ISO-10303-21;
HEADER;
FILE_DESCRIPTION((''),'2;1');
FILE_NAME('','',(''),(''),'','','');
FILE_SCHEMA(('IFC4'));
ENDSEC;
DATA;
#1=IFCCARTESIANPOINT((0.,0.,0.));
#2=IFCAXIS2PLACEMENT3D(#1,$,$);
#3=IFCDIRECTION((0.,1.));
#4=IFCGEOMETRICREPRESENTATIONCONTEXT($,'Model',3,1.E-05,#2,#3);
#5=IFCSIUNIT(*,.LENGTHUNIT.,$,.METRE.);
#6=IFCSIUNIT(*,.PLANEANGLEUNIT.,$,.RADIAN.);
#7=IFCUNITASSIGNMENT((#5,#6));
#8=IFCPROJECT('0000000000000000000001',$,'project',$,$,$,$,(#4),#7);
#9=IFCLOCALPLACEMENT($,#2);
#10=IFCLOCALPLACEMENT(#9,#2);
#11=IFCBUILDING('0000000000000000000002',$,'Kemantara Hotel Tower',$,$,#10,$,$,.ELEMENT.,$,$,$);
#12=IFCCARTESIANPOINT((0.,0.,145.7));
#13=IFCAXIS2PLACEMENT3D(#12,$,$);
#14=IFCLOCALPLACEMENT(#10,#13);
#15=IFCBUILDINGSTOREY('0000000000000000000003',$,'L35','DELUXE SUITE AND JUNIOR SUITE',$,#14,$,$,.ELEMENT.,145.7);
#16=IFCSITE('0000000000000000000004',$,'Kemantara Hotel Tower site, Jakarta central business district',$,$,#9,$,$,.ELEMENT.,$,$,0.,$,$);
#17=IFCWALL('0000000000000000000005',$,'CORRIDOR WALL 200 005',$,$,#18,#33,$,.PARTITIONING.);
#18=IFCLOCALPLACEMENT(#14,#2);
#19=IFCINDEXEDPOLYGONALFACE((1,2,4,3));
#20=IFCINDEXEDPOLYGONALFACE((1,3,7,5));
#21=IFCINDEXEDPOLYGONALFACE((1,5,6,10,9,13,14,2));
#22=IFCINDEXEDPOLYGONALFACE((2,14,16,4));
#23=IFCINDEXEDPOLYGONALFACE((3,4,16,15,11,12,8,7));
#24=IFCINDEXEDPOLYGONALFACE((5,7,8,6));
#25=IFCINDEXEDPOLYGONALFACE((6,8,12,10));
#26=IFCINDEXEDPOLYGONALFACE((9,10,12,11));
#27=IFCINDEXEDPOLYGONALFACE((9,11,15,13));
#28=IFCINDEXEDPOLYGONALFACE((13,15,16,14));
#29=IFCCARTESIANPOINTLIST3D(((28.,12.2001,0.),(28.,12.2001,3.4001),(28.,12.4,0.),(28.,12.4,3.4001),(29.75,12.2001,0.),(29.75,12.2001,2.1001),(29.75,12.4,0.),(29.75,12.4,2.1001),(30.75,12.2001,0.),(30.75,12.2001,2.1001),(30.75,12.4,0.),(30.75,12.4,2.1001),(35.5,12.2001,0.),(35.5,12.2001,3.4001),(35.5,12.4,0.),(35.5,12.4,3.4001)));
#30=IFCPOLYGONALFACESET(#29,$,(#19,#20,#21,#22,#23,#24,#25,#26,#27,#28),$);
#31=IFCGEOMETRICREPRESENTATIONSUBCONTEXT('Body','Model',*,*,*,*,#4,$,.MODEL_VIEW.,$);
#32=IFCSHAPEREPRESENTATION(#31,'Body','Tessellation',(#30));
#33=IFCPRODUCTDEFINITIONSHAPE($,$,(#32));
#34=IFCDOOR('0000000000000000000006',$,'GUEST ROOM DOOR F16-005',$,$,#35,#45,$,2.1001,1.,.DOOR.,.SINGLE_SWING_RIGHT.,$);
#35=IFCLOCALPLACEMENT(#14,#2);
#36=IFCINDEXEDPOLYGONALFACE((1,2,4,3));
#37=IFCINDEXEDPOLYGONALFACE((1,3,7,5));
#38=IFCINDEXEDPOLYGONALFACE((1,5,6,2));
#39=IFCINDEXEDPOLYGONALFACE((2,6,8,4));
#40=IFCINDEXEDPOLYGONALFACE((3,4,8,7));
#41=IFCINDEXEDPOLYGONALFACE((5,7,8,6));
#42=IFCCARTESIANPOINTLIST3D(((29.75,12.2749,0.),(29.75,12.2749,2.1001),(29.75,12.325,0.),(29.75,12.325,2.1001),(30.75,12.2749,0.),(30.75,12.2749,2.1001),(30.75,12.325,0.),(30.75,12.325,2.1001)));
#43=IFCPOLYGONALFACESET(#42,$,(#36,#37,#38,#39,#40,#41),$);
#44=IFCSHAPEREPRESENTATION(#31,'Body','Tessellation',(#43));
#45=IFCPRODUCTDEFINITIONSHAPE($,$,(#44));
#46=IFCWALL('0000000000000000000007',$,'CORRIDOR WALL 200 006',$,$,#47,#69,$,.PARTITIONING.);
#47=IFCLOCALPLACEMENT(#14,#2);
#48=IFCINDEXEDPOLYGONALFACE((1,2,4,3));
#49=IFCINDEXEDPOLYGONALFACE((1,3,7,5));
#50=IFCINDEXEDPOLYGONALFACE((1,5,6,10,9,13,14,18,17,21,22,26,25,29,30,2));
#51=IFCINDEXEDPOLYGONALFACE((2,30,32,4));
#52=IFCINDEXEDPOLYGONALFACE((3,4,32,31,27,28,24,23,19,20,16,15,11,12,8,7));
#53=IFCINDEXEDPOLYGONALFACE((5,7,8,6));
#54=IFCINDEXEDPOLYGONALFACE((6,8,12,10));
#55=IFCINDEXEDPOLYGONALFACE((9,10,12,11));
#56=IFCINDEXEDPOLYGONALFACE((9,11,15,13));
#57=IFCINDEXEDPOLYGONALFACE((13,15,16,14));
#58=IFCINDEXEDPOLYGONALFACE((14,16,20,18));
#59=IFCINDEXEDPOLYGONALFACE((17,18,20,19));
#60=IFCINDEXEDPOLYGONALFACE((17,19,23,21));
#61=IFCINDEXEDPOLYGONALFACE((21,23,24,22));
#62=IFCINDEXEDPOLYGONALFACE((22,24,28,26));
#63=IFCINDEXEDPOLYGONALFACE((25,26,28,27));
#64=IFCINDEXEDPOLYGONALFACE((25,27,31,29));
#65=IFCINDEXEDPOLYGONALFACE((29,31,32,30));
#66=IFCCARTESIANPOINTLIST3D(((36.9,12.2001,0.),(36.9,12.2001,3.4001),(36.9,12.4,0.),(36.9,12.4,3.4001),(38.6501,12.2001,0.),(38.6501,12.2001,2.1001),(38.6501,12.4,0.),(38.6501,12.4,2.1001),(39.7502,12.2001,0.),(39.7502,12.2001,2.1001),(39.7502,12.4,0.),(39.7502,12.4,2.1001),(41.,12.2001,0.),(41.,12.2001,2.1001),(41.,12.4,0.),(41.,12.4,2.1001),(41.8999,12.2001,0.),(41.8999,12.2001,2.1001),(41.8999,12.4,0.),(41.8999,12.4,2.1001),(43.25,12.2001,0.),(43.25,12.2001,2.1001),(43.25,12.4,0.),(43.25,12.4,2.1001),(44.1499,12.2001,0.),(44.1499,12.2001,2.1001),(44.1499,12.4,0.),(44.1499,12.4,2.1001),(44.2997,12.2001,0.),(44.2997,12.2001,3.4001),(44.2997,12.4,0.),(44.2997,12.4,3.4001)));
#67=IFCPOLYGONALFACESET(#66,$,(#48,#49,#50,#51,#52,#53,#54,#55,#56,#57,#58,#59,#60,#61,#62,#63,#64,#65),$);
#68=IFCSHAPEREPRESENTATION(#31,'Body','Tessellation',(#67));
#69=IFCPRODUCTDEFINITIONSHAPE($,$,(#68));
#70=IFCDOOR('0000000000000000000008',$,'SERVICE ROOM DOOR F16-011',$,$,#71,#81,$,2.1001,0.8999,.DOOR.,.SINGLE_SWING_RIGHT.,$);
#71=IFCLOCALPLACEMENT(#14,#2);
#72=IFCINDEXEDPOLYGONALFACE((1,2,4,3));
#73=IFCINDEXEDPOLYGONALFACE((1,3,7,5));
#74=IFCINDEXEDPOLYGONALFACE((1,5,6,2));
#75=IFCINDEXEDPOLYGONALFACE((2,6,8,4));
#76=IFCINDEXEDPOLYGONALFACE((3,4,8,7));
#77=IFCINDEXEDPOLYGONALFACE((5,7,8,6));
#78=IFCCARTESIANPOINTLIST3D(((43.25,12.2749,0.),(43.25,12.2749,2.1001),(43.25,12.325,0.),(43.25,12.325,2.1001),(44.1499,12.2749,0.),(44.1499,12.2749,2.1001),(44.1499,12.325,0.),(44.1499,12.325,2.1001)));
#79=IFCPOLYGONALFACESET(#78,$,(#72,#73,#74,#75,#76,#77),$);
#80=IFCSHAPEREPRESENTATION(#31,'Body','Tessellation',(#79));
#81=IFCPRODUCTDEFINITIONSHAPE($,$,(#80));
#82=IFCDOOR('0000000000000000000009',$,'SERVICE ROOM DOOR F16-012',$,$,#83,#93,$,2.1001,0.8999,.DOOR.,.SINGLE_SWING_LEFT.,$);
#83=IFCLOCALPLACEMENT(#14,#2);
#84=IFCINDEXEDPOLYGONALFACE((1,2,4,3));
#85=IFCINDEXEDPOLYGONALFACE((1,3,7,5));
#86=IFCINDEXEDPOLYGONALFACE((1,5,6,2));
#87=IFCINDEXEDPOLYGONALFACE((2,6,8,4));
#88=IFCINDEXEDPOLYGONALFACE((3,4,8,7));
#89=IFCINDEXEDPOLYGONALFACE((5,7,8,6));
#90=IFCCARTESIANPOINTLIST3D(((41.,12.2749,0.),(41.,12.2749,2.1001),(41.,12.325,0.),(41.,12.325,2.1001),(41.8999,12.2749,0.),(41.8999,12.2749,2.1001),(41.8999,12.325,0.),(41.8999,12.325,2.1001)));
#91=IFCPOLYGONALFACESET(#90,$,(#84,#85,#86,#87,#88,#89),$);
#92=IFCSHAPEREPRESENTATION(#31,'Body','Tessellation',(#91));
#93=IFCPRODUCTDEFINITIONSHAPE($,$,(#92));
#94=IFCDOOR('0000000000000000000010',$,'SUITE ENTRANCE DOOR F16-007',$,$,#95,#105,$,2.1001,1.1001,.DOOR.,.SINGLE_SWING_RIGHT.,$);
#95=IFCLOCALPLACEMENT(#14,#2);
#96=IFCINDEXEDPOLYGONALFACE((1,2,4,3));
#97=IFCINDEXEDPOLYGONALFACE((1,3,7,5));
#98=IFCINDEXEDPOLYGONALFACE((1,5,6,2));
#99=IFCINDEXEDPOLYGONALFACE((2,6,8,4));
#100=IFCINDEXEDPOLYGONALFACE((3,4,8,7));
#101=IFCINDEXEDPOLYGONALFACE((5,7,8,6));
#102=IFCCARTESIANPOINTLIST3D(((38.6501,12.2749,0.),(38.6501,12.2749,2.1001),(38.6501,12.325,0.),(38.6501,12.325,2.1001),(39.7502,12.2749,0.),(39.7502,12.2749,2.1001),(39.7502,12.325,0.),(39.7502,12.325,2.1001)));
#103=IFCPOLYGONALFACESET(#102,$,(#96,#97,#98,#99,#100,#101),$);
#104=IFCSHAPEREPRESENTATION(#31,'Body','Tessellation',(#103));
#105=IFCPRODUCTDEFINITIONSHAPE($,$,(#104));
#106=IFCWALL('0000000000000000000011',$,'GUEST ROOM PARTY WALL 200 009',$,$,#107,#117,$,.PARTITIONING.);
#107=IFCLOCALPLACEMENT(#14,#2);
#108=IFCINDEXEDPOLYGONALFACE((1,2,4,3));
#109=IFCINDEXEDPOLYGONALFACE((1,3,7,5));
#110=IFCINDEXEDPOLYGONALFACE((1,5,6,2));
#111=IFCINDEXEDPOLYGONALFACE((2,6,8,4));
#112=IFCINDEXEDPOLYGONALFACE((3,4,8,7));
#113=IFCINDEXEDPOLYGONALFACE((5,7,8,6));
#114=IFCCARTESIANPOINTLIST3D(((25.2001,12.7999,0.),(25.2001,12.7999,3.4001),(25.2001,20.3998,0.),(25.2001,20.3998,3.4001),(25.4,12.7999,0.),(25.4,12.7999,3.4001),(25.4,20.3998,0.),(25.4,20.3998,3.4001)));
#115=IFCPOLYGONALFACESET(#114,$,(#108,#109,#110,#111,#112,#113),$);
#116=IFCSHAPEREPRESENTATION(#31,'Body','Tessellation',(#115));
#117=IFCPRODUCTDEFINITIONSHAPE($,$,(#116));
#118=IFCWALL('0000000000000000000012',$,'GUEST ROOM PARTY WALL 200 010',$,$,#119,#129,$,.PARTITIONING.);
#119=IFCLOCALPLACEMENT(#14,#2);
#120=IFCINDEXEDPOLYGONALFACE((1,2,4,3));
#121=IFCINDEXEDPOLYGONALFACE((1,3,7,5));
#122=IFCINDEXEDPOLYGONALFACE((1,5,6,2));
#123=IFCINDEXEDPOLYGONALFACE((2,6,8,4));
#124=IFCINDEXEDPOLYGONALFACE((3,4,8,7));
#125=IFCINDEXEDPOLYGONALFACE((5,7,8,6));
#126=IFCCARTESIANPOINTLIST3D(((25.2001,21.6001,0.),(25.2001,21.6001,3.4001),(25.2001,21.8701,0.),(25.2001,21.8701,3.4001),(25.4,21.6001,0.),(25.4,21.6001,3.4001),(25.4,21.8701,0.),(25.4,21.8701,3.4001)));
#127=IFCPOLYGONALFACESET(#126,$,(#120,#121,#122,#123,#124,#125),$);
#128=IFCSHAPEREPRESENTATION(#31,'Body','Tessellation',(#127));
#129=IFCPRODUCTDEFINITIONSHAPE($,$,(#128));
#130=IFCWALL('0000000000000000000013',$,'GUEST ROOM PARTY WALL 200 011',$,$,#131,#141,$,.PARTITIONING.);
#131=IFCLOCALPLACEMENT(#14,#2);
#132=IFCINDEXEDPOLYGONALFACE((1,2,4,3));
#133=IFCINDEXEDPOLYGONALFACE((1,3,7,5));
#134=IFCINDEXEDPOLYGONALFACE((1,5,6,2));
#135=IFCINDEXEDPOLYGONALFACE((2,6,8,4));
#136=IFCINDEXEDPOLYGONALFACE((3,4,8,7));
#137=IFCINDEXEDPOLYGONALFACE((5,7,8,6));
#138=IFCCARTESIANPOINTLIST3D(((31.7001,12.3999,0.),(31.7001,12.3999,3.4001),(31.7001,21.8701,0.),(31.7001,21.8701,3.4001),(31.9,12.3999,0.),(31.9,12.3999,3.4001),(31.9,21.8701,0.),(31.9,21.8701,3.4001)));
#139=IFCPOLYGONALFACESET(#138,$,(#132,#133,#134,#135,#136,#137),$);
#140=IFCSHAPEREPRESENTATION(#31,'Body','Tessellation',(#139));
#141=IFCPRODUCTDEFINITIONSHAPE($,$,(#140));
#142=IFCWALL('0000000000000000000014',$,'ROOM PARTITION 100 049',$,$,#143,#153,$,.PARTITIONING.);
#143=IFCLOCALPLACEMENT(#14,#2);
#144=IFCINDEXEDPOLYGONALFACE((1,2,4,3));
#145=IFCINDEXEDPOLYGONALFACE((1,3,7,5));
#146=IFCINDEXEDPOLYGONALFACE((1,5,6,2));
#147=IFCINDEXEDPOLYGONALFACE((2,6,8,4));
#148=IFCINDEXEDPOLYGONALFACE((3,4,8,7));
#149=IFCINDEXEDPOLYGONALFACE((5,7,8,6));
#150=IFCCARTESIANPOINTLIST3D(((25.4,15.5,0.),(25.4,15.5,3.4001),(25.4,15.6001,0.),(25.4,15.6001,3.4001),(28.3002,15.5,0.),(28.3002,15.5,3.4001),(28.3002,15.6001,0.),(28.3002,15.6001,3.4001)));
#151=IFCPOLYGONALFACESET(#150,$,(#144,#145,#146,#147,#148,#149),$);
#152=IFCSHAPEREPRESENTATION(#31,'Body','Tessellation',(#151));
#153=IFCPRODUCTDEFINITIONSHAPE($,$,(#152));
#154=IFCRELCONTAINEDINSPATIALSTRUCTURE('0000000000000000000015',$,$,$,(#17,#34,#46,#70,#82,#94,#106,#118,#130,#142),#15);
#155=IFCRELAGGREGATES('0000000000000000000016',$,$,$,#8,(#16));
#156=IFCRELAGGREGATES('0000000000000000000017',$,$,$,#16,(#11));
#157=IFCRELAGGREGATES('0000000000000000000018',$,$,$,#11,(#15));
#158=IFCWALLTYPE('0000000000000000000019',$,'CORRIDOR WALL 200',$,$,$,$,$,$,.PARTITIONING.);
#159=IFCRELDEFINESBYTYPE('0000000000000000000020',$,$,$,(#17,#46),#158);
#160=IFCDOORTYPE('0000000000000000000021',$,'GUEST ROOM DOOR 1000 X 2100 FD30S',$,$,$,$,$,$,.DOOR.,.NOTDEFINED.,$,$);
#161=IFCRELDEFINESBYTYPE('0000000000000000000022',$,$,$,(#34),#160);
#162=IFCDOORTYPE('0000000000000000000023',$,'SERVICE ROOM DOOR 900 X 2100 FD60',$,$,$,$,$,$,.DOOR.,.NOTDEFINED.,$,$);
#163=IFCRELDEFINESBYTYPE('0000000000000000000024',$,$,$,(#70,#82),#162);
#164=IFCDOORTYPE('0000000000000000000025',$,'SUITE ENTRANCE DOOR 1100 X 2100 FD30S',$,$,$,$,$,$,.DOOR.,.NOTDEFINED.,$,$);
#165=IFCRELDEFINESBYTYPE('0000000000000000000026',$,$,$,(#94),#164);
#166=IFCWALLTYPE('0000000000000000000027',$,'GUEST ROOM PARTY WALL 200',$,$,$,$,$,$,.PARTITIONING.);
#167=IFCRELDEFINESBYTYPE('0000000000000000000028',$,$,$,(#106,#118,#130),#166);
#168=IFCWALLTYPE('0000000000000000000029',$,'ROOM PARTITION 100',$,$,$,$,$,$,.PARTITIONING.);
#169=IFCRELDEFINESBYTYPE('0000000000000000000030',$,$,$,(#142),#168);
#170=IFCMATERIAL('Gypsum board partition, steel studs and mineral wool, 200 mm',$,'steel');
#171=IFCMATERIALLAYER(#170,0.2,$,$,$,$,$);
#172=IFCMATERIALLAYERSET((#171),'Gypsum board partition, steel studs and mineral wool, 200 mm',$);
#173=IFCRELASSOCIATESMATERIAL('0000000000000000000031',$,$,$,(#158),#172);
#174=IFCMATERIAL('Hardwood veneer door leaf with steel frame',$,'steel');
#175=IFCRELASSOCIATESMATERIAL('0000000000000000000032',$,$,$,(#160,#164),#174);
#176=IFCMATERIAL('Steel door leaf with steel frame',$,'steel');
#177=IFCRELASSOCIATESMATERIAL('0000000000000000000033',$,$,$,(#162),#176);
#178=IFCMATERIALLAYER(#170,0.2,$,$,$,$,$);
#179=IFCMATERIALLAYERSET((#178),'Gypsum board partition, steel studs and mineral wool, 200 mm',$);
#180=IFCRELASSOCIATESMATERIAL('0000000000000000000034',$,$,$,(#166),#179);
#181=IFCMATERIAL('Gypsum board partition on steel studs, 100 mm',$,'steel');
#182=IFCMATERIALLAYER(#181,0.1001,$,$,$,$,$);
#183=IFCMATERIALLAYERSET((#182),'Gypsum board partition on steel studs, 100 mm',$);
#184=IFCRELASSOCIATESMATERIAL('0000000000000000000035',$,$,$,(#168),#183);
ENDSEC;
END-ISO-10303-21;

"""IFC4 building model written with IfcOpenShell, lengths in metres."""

from ifc_helpers import new_model, si_unit, direction, frame, frame_2d, origin, place, context, subcontext, project, spatial, rectangle, extrude, material, layer, layer_set, type_object, element, fill, save


model = new_model("IFC4")

# Units and contexts
model_context = context("Model", 3, precision=1e-05, world=origin(), true_north=direction((0.0, 1.0)))
body_context = subcontext(model_context, "Body", "Model", "MODEL_VIEW")
ifc_project = project(units=[si_unit("LENGTHUNIT", "METRE"), si_unit("PLANEANGLEUNIT", "RADIAN")], contexts=[model_context])

# Site, building, storey
site_placement = place(None, origin())
site = spatial("IfcSite", under=ifc_project, at=site_placement, Name="Kemantara Hotel Tower site, Jakarta central business district", CompositionType="ELEMENT", RefElevation=0.0)
building_placement = place(site_placement, origin())
building = spatial("IfcBuilding", under=site, at=building_placement, Name="Kemantara Hotel Tower", CompositionType="ELEMENT")
storey_placement = place(building_placement, frame((0.0, 0.0, 145.7)))
storey = spatial("IfcBuildingStorey", under=building, at=storey_placement, Name="L35", Description="DELUXE SUITE AND JUNIOR SUITE", CompositionType="ELEMENT", Elevation=145.7)

# Shared definitions
ifc_material_1 = material(Name="Gypsum board partition, steel studs and mineral wool, 200 mm", Category="steel")
ifc_layer_1 = layer(ifc_material_1, 0.2)
ifc_layer_set_1 = layer_set([ifc_layer_1], Name="Gypsum board partition, steel studs and mineral wool, 200 mm")
wall_type_1 = type_object("IfcWallType", Name="CORRIDOR WALL 200", PredefinedType="PARTITIONING", material=ifc_layer_set_1)

# Wall, opening, door
wall_1_placement = place(storey_placement, frame((28.0, 12.3, 0.0), z_axis=(0.0, 0.0, 1.0), x_axis=(1.0, 0.0, 0.0)))
wall_1 = element("IfcWall", 1, at=wall_1_placement, inside=storey, type_object=wall_type_1, Name="CORRIDOR WALL 200 005", PredefinedType="PARTITIONING", context=body_context, shape_type="SweptSolid", body=[
    extrude(rectangle(XDim=7.5, YDim=0.2, at=frame_2d((3.75, 0.0))), origin(), (0.0, 0.0, 1.0), 3.4001),
])
opening_1_placement = place(wall_1_placement, frame((1.75, 0.0, 0.0)))
opening_1 = element("IfcOpeningElement", 2, at=opening_1_placement, cuts=wall_1, PredefinedType="OPENING", context=body_context, shape_type="SweptSolid", body=[
    extrude(rectangle(XDim=1.0, YDim=2.1001, at=frame_2d((0.5, 1.05))), frame((0.0, 0.1099, 0.0), z_axis=(0.0, -1.0, 0.0), x_axis=(1.0, 0.0, 0.0)), (0.0, 0.0, 1.0), 0.22),
])
ifc_material_2 = material(Name="Hardwood veneer door leaf with steel frame", Category="steel")
door_type_1 = type_object("IfcDoorType", Name="GUEST ROOM DOOR 1000 X 2100 FD30S", OperationType="NOTDEFINED", PredefinedType="DOOR", material=ifc_material_2)
door_1_placement = place(opening_1_placement, origin())
door_1 = element("IfcDoor", 3, at=door_1_placement, inside=storey, type_object=door_type_1, Name="GUEST ROOM DOOR F16-005", OperationType="SINGLE_SWING_RIGHT", OverallHeight=2.1001, OverallWidth=1.0, PredefinedType="DOOR", context=body_context, shape_type="SweptSolid", body=[
    extrude(rectangle(XDim=1.0, YDim=2.1001, at=frame_2d((0.5, 1.05))), frame((0.0, 0.0249, 0.0), z_axis=(0.0, -1.0, 0.0), x_axis=(1.0, 0.0, 0.0)), (0.0, 0.0, 1.0), 0.05),
])
fill(opening_1, door_1)

# Wall, openings, doors
wall_2_placement = place(storey_placement, frame((36.9001, 12.3, 0.0), z_axis=(0.0, 0.0, 1.0), x_axis=(1.0, 0.0, 0.0)))
wall_2 = element("IfcWall", 4, at=wall_2_placement, inside=storey, type_object=wall_type_1, Name="CORRIDOR WALL 200 006", PredefinedType="PARTITIONING", context=body_context, shape_type="SweptSolid", body=[
    extrude(rectangle(XDim=7.3997, YDim=0.2, at=frame_2d((3.6997, 0.0))), origin(), (0.0, 0.0, 1.0), 3.4001),
])
opening_2_placement = place(wall_2_placement, frame((1.75, 0.0, 0.0)))
opening_2 = element("IfcOpeningElement", 5, at=opening_2_placement, cuts=wall_2, PredefinedType="OPENING", context=body_context, shape_type="SweptSolid", body=[
    extrude(rectangle(XDim=1.1001, YDim=2.1001, at=frame_2d((0.55, 1.05))), frame((0.0, 0.1099, 0.0), z_axis=(0.0, -1.0, 0.0), x_axis=(1.0, 0.0, 0.0)), (0.0, 0.0, 1.0), 0.22),
])
opening_3_placement = place(wall_2_placement, frame((6.3499, 0.0, 0.0)))
opening_3 = element("IfcOpeningElement", 6, at=opening_3_placement, cuts=wall_2, PredefinedType="OPENING", context=body_context, shape_type="SweptSolid", body=[
    extrude(rectangle(XDim=0.8999, YDim=2.1001, at=frame_2d((0.45, 1.05))), frame((0.0, 0.1099, 0.0), z_axis=(0.0, -1.0, 0.0), x_axis=(1.0, 0.0, 0.0)), (0.0, 0.0, 1.0), 0.22),
])
opening_4_placement = place(wall_2_placement, frame((4.0999, 0.0, 0.0)))
opening_4 = element("IfcOpeningElement", 7, at=opening_4_placement, cuts=wall_2, PredefinedType="OPENING", context=body_context, shape_type="SweptSolid", body=[
    extrude(rectangle(XDim=0.8999, YDim=2.1001, at=frame_2d((0.45, 1.05))), frame((0.0, 0.1099, 0.0), z_axis=(0.0, -1.0, 0.0), x_axis=(1.0, 0.0, 0.0)), (0.0, 0.0, 1.0), 0.22),
])
ifc_material_3 = material(Name="Steel door leaf with steel frame", Category="steel")
door_type_2 = type_object("IfcDoorType", Name="SERVICE ROOM DOOR 900 X 2100 FD60", OperationType="NOTDEFINED", PredefinedType="DOOR", material=ifc_material_3)
door_2_placement = place(opening_3_placement, origin())
door_2 = element("IfcDoor", 8, at=door_2_placement, inside=storey, type_object=door_type_2, Name="SERVICE ROOM DOOR F16-011", OperationType="SINGLE_SWING_RIGHT", OverallHeight=2.1001, OverallWidth=0.8999, PredefinedType="DOOR", context=body_context, shape_type="SweptSolid", body=[
    extrude(rectangle(XDim=0.8999, YDim=2.1001, at=frame_2d((0.45, 1.05))), frame((0.0, 0.0249, 0.0), z_axis=(0.0, -1.0, 0.0), x_axis=(1.0, 0.0, 0.0)), (0.0, 0.0, 1.0), 0.05),
])
fill(opening_3, door_2)
door_3_placement = place(opening_4_placement, origin())
door_3 = element("IfcDoor", 9, at=door_3_placement, inside=storey, type_object=door_type_2, Name="SERVICE ROOM DOOR F16-012", OperationType="SINGLE_SWING_LEFT", OverallHeight=2.1001, OverallWidth=0.8999, PredefinedType="DOOR", context=body_context, shape_type="SweptSolid", body=[
    extrude(rectangle(XDim=0.8999, YDim=2.1001, at=frame_2d((0.45, 1.05))), frame((0.0, 0.0249, 0.0), z_axis=(0.0, -1.0, 0.0), x_axis=(1.0, 0.0, 0.0)), (0.0, 0.0, 1.0), 0.05),
])
fill(opening_4, door_3)
door_type_3 = type_object("IfcDoorType", Name="SUITE ENTRANCE DOOR 1100 X 2100 FD30S", OperationType="NOTDEFINED", PredefinedType="DOOR", material=ifc_material_2)
door_4_placement = place(opening_2_placement, origin())
door_4 = element("IfcDoor", 10, at=door_4_placement, inside=storey, type_object=door_type_3, Name="SUITE ENTRANCE DOOR F16-007", OperationType="SINGLE_SWING_RIGHT", OverallHeight=2.1001, OverallWidth=1.1001, PredefinedType="DOOR", context=body_context, shape_type="SweptSolid", body=[
    extrude(rectangle(XDim=1.1001, YDim=2.1001, at=frame_2d((0.55, 1.05))), frame((0.0, 0.0249, 0.0), z_axis=(0.0, -1.0, 0.0), x_axis=(1.0, 0.0, 0.0)), (0.0, 0.0, 1.0), 0.05),
])
fill(opening_2, door_4)

# Walls
ifc_layer_2 = layer(ifc_material_1, 0.2)
ifc_layer_set_2 = layer_set([ifc_layer_2], Name="Gypsum board partition, steel studs and mineral wool, 200 mm")
wall_type_2 = type_object("IfcWallType", Name="GUEST ROOM PARTY WALL 200", PredefinedType="PARTITIONING", material=ifc_layer_set_2)
wall_3_placement = place(storey_placement, frame((25.3, 12.8, 0.0), z_axis=(0.0, 0.0, 1.0), x_axis=(0.0, 1.0, 0.0)))
element("IfcWall", 11, at=wall_3_placement, inside=storey, type_object=wall_type_2, Name="GUEST ROOM PARTY WALL 200 009", PredefinedType="PARTITIONING", context=body_context, shape_type="SweptSolid", body=[
    extrude(rectangle(XDim=7.5999, YDim=0.2, at=frame_2d((3.7998, 0.0))), origin(), (0.0, 0.0, 1.0), 3.4001),
])
wall_4_placement = place(storey_placement, frame((25.3, 21.6001, 0.0), z_axis=(0.0, 0.0, 1.0), x_axis=(0.0, 1.0, 0.0)))
element("IfcWall", 12, at=wall_4_placement, inside=storey, type_object=wall_type_2, Name="GUEST ROOM PARTY WALL 200 010", PredefinedType="PARTITIONING", context=body_context, shape_type="SweptSolid", body=[
    extrude(rectangle(XDim=0.27, YDim=0.2, at=frame_2d((0.135, 0.0))), origin(), (0.0, 0.0, 1.0), 3.4001),
])
wall_5_placement = place(storey_placement, frame((31.8, 12.3999, 0.0), z_axis=(0.0, 0.0, 1.0), x_axis=(0.0, 1.0, 0.0)))
element("IfcWall", 13, at=wall_5_placement, inside=storey, type_object=wall_type_2, Name="GUEST ROOM PARTY WALL 200 011", PredefinedType="PARTITIONING", context=body_context, shape_type="SweptSolid", body=[
    extrude(rectangle(XDim=9.4702, YDim=0.2, at=frame_2d((4.7351, 0.0))), origin(), (0.0, 0.0, 1.0), 3.4001),
])
ifc_material_4 = material(Name="Gypsum board partition on steel studs, 100 mm", Category="steel")
ifc_layer_3 = layer(ifc_material_4, 0.1001)
ifc_layer_set_3 = layer_set([ifc_layer_3], Name="Gypsum board partition on steel studs, 100 mm")
wall_type_3 = type_object("IfcWallType", Name="ROOM PARTITION 100", PredefinedType="PARTITIONING", material=ifc_layer_set_3)
wall_6_placement = place(storey_placement, frame((25.3999, 15.55, 0.0), z_axis=(0.0, 0.0, 1.0), x_axis=(1.0, 0.0, 0.0)))
element("IfcWall", 14, at=wall_6_placement, inside=storey, type_object=wall_type_3, Name="ROOM PARTITION 100 049", PredefinedType="PARTITIONING", context=body_context, shape_type="SweptSolid", body=[
    extrude(rectangle(XDim=2.9001, YDim=0.1001, at=frame_2d((1.4502, 0.0))), origin(), (0.0, 0.0, 1.0), 3.4001),
])

save(model, "model.ifc")
